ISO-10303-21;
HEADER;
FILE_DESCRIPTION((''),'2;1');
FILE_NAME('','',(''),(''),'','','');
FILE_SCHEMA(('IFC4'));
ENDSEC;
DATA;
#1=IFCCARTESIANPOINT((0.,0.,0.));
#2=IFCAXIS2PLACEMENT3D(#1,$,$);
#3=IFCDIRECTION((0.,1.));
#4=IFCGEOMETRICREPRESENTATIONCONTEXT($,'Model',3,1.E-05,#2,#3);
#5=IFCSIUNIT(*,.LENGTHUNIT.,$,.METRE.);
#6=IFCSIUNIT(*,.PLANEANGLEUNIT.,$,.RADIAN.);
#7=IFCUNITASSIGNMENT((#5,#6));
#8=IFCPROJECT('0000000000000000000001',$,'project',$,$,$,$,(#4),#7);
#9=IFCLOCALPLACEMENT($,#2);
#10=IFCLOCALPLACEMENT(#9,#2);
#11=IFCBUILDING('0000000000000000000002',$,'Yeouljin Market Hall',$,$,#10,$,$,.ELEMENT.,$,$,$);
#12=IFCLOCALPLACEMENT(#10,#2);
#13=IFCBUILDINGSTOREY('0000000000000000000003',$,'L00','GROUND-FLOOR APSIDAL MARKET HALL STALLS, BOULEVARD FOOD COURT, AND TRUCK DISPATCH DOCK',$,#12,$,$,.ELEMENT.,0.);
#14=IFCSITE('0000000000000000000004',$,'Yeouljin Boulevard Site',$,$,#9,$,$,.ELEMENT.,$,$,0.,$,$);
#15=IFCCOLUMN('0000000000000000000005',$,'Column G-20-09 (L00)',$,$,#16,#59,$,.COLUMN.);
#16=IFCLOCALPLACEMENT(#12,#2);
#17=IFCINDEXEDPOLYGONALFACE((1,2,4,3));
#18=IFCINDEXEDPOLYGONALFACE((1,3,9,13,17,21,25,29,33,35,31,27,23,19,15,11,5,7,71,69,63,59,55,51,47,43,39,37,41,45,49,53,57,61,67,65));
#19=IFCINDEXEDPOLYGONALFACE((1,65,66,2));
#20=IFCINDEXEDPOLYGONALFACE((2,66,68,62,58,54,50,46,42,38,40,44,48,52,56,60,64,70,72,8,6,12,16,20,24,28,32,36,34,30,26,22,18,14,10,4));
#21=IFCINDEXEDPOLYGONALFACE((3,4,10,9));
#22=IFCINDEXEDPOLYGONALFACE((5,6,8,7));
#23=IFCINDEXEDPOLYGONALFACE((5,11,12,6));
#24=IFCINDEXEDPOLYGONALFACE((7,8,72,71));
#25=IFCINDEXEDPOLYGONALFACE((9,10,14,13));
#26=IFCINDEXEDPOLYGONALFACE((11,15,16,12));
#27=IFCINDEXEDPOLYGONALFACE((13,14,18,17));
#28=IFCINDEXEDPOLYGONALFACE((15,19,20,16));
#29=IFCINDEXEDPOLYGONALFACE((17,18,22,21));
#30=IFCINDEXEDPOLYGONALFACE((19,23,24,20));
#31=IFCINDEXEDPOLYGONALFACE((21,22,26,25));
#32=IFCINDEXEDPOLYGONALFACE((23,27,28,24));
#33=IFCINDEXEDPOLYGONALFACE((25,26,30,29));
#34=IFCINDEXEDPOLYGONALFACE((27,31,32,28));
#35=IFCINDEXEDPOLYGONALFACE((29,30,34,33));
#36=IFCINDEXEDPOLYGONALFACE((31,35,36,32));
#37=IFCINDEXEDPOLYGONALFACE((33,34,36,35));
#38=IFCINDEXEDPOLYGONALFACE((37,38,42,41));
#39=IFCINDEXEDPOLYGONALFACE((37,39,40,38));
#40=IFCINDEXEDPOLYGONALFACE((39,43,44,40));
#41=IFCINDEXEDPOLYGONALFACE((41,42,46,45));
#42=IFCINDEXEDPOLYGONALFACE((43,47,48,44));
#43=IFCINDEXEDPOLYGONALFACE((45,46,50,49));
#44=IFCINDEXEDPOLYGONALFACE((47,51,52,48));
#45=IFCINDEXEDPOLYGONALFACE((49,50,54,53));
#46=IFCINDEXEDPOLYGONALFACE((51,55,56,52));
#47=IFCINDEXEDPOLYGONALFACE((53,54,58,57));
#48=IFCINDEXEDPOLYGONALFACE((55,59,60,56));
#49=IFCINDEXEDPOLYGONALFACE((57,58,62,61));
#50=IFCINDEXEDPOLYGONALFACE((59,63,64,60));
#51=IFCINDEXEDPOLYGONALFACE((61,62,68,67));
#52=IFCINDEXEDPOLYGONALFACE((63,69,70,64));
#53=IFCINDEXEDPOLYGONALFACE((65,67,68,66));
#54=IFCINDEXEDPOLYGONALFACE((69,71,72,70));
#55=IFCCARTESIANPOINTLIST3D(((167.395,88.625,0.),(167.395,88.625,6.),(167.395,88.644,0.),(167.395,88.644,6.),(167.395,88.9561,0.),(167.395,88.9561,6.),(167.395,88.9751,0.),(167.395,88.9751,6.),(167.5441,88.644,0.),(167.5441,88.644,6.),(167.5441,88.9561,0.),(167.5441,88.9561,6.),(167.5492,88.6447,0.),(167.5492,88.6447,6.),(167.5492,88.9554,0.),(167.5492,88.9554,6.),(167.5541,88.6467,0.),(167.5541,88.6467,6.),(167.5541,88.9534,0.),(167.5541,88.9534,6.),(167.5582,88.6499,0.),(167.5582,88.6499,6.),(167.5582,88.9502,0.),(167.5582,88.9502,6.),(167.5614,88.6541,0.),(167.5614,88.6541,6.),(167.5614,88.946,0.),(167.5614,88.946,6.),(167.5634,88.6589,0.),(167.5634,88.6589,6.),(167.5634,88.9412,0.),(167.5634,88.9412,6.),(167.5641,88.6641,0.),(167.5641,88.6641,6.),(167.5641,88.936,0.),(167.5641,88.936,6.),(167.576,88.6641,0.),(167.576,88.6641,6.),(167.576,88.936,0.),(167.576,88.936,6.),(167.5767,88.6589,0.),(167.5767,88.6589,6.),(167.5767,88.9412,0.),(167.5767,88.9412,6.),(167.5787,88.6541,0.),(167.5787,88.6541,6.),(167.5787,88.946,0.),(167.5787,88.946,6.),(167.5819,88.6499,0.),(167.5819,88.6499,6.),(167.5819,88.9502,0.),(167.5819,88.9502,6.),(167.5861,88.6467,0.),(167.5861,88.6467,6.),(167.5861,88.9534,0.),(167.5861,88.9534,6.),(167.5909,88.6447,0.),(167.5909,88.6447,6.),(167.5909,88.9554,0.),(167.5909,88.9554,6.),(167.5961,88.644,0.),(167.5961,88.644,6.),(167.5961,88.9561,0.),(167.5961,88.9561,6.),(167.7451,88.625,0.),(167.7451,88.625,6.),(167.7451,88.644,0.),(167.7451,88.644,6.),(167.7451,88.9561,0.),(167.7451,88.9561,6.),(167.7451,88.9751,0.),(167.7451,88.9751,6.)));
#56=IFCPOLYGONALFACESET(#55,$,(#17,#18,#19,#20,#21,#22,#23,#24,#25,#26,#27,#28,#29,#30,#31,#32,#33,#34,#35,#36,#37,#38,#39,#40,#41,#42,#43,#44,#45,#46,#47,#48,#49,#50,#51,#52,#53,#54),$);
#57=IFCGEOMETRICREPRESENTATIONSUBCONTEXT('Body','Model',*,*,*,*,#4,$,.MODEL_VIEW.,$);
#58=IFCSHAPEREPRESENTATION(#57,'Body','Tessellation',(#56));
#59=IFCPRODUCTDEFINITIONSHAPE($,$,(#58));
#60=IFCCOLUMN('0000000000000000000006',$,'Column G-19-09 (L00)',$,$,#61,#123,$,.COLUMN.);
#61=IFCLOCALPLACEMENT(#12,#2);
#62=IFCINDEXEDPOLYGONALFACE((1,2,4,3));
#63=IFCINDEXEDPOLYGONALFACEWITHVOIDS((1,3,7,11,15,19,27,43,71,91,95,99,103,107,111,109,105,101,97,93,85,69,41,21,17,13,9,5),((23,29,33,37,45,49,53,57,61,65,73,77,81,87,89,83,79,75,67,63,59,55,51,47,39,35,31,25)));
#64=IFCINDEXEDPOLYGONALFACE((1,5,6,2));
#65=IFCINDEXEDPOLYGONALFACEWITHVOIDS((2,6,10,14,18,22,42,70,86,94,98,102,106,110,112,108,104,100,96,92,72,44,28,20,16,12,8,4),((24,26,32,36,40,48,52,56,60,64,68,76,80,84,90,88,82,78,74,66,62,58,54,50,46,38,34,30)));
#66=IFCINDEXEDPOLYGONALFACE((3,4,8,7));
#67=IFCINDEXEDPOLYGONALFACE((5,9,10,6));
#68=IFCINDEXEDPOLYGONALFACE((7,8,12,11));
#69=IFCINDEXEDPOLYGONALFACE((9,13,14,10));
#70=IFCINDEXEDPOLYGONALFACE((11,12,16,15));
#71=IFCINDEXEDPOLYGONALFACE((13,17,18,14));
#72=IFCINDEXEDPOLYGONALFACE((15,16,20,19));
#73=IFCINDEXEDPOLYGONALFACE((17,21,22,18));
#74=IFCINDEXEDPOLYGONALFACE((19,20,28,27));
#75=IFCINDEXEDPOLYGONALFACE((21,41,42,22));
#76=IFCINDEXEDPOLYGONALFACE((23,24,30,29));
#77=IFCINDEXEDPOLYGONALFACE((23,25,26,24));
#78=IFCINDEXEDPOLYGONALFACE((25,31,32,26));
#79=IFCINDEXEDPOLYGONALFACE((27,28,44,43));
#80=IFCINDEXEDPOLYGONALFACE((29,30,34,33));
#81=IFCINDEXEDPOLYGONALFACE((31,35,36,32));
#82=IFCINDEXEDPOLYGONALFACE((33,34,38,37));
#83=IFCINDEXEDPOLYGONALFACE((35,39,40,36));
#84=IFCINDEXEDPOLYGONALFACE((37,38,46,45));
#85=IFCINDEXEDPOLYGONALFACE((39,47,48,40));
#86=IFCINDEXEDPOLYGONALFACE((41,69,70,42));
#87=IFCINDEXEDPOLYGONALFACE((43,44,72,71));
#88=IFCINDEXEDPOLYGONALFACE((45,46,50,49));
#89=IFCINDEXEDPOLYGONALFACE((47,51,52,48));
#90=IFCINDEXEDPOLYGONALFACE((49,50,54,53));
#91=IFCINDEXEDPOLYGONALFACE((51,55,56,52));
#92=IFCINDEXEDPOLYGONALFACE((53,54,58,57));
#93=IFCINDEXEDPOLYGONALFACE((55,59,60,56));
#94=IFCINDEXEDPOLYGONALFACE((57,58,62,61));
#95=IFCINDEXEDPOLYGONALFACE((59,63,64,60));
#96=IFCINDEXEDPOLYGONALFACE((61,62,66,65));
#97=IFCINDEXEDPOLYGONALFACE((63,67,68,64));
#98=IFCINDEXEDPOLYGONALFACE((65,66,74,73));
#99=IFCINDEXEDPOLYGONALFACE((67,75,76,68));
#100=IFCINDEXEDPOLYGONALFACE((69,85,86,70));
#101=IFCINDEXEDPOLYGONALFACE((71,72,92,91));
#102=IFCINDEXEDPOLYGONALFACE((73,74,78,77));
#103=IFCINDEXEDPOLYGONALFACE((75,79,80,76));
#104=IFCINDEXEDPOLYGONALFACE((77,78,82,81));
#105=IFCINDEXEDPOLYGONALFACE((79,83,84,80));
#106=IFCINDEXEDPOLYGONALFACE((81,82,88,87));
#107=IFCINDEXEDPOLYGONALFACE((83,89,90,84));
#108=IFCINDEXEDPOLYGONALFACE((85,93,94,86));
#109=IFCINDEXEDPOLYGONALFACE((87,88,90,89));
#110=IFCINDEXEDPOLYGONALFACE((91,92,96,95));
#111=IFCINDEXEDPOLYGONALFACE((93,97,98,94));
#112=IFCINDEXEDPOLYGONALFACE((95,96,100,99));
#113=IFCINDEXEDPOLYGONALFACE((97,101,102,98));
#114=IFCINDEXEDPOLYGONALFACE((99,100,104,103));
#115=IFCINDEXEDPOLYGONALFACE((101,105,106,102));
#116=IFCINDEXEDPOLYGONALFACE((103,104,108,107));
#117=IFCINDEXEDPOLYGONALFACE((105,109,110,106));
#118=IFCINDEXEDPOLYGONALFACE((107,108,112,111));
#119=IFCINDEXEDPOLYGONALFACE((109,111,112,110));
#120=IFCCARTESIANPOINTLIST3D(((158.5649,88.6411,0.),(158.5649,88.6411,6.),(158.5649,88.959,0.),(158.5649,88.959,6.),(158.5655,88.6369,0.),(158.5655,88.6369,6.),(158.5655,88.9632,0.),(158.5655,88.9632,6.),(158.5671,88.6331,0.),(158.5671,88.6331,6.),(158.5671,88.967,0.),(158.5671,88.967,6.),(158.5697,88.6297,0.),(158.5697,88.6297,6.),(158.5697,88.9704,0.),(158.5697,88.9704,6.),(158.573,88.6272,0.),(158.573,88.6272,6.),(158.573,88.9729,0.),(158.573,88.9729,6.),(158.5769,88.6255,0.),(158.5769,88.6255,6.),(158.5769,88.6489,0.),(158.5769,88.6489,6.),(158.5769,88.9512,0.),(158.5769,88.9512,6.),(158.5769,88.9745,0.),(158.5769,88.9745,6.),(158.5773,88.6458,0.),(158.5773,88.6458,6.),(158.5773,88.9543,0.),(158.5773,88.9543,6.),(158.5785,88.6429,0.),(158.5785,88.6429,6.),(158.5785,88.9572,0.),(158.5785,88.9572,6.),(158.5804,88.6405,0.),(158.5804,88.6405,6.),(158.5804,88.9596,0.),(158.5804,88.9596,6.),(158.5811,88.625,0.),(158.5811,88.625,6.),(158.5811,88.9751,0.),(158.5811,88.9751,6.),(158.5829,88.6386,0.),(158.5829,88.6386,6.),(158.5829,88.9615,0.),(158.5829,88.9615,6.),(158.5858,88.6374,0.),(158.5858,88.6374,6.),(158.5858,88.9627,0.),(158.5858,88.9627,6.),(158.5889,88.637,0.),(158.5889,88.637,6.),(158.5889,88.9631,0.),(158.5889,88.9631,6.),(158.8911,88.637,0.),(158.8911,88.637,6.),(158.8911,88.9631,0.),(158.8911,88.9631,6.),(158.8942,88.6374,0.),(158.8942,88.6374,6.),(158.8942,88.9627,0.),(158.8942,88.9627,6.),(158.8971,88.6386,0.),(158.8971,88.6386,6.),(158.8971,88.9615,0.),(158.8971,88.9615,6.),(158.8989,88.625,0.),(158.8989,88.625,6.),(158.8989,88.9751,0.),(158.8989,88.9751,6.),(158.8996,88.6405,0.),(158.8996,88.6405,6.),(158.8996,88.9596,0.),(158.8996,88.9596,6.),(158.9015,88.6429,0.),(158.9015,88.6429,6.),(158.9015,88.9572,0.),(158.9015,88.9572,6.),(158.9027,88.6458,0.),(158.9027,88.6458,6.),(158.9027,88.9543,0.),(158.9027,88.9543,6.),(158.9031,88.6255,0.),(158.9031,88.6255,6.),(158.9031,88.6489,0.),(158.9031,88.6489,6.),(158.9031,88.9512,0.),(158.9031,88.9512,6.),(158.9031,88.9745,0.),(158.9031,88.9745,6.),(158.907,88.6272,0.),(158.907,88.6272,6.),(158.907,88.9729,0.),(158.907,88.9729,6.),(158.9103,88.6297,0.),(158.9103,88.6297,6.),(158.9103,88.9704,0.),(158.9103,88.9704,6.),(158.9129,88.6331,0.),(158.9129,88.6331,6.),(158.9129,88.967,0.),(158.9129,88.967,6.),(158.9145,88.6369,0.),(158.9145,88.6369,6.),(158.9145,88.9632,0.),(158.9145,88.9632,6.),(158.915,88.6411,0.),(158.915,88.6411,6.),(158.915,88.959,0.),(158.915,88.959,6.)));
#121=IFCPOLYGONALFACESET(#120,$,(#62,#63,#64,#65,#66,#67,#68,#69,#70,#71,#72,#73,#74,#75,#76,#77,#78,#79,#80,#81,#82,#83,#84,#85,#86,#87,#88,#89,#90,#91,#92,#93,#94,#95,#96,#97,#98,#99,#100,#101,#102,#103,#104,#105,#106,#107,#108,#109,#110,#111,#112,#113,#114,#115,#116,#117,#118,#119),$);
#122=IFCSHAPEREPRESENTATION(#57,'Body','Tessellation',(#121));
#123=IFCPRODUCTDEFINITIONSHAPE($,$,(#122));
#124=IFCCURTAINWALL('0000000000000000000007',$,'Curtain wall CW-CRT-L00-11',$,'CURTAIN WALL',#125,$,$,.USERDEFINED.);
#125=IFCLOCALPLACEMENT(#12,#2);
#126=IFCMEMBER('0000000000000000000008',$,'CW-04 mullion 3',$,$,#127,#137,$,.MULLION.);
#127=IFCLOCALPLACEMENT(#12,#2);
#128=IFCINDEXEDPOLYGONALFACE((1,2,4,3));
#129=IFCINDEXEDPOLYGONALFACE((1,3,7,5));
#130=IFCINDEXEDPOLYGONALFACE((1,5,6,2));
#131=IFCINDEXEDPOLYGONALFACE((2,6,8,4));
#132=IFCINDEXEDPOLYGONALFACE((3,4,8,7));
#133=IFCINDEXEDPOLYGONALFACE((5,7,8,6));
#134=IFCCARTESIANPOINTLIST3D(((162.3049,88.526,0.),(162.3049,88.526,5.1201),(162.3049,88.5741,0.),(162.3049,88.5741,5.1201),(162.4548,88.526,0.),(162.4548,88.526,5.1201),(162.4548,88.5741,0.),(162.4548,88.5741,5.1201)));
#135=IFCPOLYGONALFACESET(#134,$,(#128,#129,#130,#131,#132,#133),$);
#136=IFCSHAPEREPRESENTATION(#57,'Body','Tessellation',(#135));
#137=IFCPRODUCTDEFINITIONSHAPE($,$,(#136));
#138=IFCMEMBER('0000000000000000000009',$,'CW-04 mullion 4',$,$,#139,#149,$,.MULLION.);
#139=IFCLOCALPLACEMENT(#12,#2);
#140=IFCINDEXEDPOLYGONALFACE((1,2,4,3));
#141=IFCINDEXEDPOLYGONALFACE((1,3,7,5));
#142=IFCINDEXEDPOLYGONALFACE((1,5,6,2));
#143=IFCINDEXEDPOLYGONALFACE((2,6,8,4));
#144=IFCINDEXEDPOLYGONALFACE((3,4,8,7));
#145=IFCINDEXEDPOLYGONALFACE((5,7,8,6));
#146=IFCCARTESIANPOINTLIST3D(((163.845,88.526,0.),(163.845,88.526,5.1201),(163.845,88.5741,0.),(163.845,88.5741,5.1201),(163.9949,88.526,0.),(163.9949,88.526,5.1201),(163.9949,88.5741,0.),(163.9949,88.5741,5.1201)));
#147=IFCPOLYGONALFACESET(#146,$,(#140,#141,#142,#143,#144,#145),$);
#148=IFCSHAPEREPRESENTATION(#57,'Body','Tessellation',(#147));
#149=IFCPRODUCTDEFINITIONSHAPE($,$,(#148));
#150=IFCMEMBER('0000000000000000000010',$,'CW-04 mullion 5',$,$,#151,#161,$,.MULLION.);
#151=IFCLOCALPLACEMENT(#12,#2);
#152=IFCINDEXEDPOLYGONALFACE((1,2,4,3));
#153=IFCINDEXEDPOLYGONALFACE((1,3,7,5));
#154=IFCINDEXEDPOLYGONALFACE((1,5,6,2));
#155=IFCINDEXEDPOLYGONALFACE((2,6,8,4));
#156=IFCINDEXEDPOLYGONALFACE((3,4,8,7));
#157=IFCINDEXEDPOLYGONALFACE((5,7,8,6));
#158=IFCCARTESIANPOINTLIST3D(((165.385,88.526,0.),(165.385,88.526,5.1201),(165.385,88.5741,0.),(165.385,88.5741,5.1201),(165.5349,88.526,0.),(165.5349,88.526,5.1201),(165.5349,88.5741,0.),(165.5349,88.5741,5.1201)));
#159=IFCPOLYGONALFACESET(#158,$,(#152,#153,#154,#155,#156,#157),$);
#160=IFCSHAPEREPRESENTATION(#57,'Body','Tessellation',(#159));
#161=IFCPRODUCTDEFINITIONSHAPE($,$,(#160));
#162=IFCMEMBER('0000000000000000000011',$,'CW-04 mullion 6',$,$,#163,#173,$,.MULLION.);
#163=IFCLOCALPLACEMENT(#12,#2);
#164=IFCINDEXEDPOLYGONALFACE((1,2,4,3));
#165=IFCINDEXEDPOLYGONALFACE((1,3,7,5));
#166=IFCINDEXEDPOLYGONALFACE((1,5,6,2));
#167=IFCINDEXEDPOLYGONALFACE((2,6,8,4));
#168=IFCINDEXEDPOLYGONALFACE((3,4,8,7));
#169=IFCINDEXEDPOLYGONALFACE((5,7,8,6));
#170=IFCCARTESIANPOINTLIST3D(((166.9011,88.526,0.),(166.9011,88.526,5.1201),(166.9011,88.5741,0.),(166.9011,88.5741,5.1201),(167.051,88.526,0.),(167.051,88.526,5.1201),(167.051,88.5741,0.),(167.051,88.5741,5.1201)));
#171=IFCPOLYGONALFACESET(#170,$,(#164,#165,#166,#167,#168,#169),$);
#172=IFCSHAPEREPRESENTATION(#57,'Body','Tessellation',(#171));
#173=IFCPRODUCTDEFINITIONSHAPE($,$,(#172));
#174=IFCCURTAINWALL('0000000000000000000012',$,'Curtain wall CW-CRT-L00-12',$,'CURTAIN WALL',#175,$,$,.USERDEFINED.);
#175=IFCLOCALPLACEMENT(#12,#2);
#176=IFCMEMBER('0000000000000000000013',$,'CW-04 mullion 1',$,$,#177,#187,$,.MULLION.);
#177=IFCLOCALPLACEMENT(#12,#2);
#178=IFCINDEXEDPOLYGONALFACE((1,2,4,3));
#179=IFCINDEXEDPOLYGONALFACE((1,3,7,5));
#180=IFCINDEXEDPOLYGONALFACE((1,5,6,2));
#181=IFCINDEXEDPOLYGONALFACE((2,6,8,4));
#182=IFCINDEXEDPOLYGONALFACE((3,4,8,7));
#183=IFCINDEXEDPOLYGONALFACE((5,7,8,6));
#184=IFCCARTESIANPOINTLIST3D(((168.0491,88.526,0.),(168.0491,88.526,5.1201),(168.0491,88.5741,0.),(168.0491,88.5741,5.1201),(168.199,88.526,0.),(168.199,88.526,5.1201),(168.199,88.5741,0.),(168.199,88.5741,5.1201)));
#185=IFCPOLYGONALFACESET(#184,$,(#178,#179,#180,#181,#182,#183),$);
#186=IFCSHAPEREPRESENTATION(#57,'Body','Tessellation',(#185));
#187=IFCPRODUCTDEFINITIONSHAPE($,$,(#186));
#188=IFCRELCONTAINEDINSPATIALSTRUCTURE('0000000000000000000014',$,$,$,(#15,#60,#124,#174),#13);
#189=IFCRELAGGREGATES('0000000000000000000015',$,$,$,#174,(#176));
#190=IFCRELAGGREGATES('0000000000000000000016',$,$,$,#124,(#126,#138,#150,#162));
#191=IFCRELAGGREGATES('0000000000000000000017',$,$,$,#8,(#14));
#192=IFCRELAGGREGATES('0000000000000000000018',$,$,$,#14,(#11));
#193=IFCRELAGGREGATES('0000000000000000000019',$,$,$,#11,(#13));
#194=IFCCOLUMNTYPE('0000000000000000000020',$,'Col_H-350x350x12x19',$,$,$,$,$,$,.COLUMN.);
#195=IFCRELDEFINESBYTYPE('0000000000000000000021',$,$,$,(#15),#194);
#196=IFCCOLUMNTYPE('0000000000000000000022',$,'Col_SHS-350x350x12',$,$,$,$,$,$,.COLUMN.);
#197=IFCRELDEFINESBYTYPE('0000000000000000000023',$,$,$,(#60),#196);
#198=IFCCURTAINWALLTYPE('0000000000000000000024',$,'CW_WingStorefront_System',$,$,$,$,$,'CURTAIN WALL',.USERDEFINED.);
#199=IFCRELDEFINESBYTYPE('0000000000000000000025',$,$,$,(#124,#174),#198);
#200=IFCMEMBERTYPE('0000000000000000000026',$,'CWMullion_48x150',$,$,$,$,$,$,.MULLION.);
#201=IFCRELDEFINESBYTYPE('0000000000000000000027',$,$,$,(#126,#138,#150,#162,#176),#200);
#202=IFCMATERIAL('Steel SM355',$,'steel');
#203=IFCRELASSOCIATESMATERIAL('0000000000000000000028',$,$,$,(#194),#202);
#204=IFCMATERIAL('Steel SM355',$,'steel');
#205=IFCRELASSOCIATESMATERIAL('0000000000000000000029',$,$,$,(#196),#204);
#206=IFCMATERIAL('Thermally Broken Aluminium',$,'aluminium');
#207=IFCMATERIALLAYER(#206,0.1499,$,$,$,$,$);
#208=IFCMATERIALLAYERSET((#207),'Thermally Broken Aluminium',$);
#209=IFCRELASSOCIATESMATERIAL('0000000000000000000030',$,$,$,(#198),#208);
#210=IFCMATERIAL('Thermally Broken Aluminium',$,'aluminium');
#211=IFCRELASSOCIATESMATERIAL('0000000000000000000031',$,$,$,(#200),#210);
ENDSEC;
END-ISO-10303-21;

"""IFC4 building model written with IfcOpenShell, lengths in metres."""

from ifc_helpers import new_model, si_unit, direction, frame, origin, origin_2d, place, context, subcontext, project, spatial, rectangle, hollow_rectangle, i_section, extrude, material, layer, layer_set, material_profile, profile_set, type_object, element, aggregate, save


model = new_model("IFC4")

# Units and contexts
model_context = context("Model", 3, precision=1e-05, world=origin(), true_north=direction((0.0, 1.0)))
body_context = subcontext(model_context, "Body", "Model", "MODEL_VIEW")
ifc_project = project(units=[si_unit("LENGTHUNIT", "METRE"), si_unit("PLANEANGLEUNIT", "RADIAN")], contexts=[model_context])

# Site, building, storey
site_placement = place(None, origin())
site = spatial("IfcSite", under=ifc_project, at=site_placement, Name="Yeouljin Boulevard Site", CompositionType="ELEMENT", RefElevation=0.0)
building_placement = place(site_placement, origin())
building = spatial("IfcBuilding", under=site, at=building_placement, Name="Yeouljin Market Hall", CompositionType="ELEMENT")
storey_placement = place(building_placement, origin())
storey = spatial("IfcBuildingStorey", under=building, at=storey_placement, Name="L00", Description="GROUND-FLOOR APSIDAL MARKET HALL STALLS, BOULEVARD FOOD COURT, AND TRUCK DISPATCH DOCK", CompositionType="ELEMENT", Elevation=0.0)

# Columns
ifc_material_1 = material(Name="Steel SM355", Category="steel")
ifc_material_profile_1 = material_profile(ifc_material_1, i_section(OverallWidth=0.3501, OverallDepth=0.3501, WebThickness=0.012, FlangeThickness=0.019, FilletRadius=0.02, at=origin_2d()), Name="H-350x350x12x19")
ifc_profile_set_1 = profile_set([ifc_material_profile_1], Name="Steel SM355")
column_type_1 = type_object("IfcColumnType", Name="Col_H-350x350x12x19", PredefinedType="COLUMN", material=ifc_profile_set_1)
column_1_placement = place(storey_placement, frame((167.5701, 88.8, 0.0), z_axis=(0.0, 0.0, 1.0), x_axis=(1.0, 0.0, 0.0)))
element("IfcColumn", 1, at=column_1_placement, inside=storey, type_object=column_type_1, Name="Column G-20-09 (L00)", PredefinedType="COLUMN", context=body_context, shape_type="SweptSolid", body=[
    extrude(i_section(OverallWidth=0.3501, OverallDepth=0.3501, WebThickness=0.012, FlangeThickness=0.019, FilletRadius=0.02, at=origin_2d()), origin(), (0.0, 0.0, 1.0), 6.0),
])
ifc_material_2 = material(Name="Steel SM355", Category="steel")
ifc_material_profile_2 = material_profile(ifc_material_2, hollow_rectangle(XDim=0.3501, YDim=0.3501, WallThickness=0.012, InnerFilletRadius=0.012, OuterFilletRadius=0.0161, at=origin_2d()), Name="SHS-350x350x12")
ifc_profile_set_2 = profile_set([ifc_material_profile_2], Name="Steel SM355")
column_type_2 = type_object("IfcColumnType", Name="Col_SHS-350x350x12", PredefinedType="COLUMN", material=ifc_profile_set_2)
column_2_placement = place(storey_placement, frame((158.74, 88.8, 0.0), z_axis=(0.0, 0.0, 1.0), x_axis=(1.0, 0.0, 0.0)))
element("IfcColumn", 2, at=column_2_placement, inside=storey, type_object=column_type_2, Name="Column G-19-09 (L00)", PredefinedType="COLUMN", context=body_context, shape_type="SweptSolid", body=[
    extrude(hollow_rectangle(XDim=0.3501, YDim=0.3501, WallThickness=0.012, InnerFilletRadius=0.012, OuterFilletRadius=0.0161, at=origin_2d()), origin(), (0.0, 0.0, 1.0), 6.0),
])

# Curtain wall, members
ifc_material_3 = material(Name="Thermally Broken Aluminium", Category="aluminium")
ifc_layer_1 = layer(ifc_material_3, 0.1499)
ifc_layer_set_1 = layer_set([ifc_layer_1], Name="Thermally Broken Aluminium")
curtain_wall_type = type_object("IfcCurtainWallType", Name="CW_WingStorefront_System", ElementType="CURTAIN WALL", PredefinedType="USERDEFINED", material=ifc_layer_set_1)
curtain_wall_1_placement = place(storey_placement, origin())
curtain_wall_1 = element("IfcCurtainWall", 3, at=curtain_wall_1_placement, inside=storey, type_object=curtain_wall_type, Name="Curtain wall CW-CRT-L00-11", ObjectType="CURTAIN WALL", PredefinedType="USERDEFINED")
ifc_material_4 = material(Name="Thermally Broken Aluminium", Category="aluminium")
ifc_material_profile_3 = material_profile(ifc_material_4, rectangle(XDim=0.0481, YDim=0.1499, at=origin_2d()), Name="CW-MULL-48x150")
ifc_profile_set_3 = profile_set([ifc_material_profile_3], Name="Thermally Broken Aluminium")
member_type_1 = type_object("IfcMemberType", Name="CWMullion_48x150", PredefinedType="MULLION", material=ifc_profile_set_3)
member_1_placement = place(storey_placement, frame((162.3799, 88.55, 0.0), z_axis=(0.0, 0.0, 1.0), x_axis=(0.0, 1.0, 0.0)))
member_1 = element("IfcMember", 4, at=member_1_placement, type_object=member_type_1, Name="CW-04 mullion 3", PredefinedType="MULLION", context=body_context, shape_type="SweptSolid", body=[
    extrude(rectangle(XDim=0.0481, YDim=0.1499, at=origin_2d()), origin(), (0.0, 0.0, 1.0), 5.1201),
])
member_2_placement = place(storey_placement, frame((163.9199, 88.55, 0.0), z_axis=(0.0, 0.0, 1.0), x_axis=(0.0, 1.0, 0.0)))
member_2 = element("IfcMember", 5, at=member_2_placement, type_object=member_type_1, Name="CW-04 mullion 4", PredefinedType="MULLION", context=body_context, shape_type="SweptSolid", body=[
    extrude(rectangle(XDim=0.0481, YDim=0.1499, at=origin_2d()), origin(), (0.0, 0.0, 1.0), 5.1201),
])
member_3_placement = place(storey_placement, frame((165.46, 88.55, 0.0), z_axis=(0.0, 0.0, 1.0), x_axis=(0.0, 1.0, 0.0)))
member_3 = element("IfcMember", 6, at=member_3_placement, type_object=member_type_1, Name="CW-04 mullion 5", PredefinedType="MULLION", context=body_context, shape_type="SweptSolid", body=[
    extrude(rectangle(XDim=0.0481, YDim=0.1499, at=origin_2d()), origin(), (0.0, 0.0, 1.0), 5.1201),
])
member_4_placement = place(storey_placement, frame((166.9761, 88.55, 0.0), z_axis=(0.0, 0.0, 1.0), x_axis=(0.0, 1.0, 0.0)))
member_4 = element("IfcMember", 7, at=member_4_placement, type_object=member_type_1, Name="CW-04 mullion 6", PredefinedType="MULLION", context=body_context, shape_type="SweptSolid", body=[
    extrude(rectangle(XDim=0.0481, YDim=0.1499, at=origin_2d()), origin(), (0.0, 0.0, 1.0), 5.1201),
])

# Curtain wall, member
curtain_wall_2_placement = place(storey_placement, origin())
curtain_wall_2 = element("IfcCurtainWall", 8, at=curtain_wall_2_placement, inside=storey, type_object=curtain_wall_type, Name="Curtain wall CW-CRT-L00-12", ObjectType="CURTAIN WALL", PredefinedType="USERDEFINED")
member_5_placement = place(storey_placement, frame((168.124, 88.55, 0.0), z_axis=(0.0, 0.0, 1.0), x_axis=(0.0, 1.0, 0.0)))
member_5 = element("IfcMember", 9, at=member_5_placement, type_object=member_type_1, Name="CW-04 mullion 1", PredefinedType="MULLION", context=body_context, shape_type="SweptSolid", body=[
    extrude(rectangle(XDim=0.0481, YDim=0.1499, at=origin_2d()), origin(), (0.0, 0.0, 1.0), 5.1201),
])

aggregate(curtain_wall_2, [member_5])

aggregate(curtain_wall_1, [member_1, member_2, member_3, member_4])

save(model, "model.ifc")
